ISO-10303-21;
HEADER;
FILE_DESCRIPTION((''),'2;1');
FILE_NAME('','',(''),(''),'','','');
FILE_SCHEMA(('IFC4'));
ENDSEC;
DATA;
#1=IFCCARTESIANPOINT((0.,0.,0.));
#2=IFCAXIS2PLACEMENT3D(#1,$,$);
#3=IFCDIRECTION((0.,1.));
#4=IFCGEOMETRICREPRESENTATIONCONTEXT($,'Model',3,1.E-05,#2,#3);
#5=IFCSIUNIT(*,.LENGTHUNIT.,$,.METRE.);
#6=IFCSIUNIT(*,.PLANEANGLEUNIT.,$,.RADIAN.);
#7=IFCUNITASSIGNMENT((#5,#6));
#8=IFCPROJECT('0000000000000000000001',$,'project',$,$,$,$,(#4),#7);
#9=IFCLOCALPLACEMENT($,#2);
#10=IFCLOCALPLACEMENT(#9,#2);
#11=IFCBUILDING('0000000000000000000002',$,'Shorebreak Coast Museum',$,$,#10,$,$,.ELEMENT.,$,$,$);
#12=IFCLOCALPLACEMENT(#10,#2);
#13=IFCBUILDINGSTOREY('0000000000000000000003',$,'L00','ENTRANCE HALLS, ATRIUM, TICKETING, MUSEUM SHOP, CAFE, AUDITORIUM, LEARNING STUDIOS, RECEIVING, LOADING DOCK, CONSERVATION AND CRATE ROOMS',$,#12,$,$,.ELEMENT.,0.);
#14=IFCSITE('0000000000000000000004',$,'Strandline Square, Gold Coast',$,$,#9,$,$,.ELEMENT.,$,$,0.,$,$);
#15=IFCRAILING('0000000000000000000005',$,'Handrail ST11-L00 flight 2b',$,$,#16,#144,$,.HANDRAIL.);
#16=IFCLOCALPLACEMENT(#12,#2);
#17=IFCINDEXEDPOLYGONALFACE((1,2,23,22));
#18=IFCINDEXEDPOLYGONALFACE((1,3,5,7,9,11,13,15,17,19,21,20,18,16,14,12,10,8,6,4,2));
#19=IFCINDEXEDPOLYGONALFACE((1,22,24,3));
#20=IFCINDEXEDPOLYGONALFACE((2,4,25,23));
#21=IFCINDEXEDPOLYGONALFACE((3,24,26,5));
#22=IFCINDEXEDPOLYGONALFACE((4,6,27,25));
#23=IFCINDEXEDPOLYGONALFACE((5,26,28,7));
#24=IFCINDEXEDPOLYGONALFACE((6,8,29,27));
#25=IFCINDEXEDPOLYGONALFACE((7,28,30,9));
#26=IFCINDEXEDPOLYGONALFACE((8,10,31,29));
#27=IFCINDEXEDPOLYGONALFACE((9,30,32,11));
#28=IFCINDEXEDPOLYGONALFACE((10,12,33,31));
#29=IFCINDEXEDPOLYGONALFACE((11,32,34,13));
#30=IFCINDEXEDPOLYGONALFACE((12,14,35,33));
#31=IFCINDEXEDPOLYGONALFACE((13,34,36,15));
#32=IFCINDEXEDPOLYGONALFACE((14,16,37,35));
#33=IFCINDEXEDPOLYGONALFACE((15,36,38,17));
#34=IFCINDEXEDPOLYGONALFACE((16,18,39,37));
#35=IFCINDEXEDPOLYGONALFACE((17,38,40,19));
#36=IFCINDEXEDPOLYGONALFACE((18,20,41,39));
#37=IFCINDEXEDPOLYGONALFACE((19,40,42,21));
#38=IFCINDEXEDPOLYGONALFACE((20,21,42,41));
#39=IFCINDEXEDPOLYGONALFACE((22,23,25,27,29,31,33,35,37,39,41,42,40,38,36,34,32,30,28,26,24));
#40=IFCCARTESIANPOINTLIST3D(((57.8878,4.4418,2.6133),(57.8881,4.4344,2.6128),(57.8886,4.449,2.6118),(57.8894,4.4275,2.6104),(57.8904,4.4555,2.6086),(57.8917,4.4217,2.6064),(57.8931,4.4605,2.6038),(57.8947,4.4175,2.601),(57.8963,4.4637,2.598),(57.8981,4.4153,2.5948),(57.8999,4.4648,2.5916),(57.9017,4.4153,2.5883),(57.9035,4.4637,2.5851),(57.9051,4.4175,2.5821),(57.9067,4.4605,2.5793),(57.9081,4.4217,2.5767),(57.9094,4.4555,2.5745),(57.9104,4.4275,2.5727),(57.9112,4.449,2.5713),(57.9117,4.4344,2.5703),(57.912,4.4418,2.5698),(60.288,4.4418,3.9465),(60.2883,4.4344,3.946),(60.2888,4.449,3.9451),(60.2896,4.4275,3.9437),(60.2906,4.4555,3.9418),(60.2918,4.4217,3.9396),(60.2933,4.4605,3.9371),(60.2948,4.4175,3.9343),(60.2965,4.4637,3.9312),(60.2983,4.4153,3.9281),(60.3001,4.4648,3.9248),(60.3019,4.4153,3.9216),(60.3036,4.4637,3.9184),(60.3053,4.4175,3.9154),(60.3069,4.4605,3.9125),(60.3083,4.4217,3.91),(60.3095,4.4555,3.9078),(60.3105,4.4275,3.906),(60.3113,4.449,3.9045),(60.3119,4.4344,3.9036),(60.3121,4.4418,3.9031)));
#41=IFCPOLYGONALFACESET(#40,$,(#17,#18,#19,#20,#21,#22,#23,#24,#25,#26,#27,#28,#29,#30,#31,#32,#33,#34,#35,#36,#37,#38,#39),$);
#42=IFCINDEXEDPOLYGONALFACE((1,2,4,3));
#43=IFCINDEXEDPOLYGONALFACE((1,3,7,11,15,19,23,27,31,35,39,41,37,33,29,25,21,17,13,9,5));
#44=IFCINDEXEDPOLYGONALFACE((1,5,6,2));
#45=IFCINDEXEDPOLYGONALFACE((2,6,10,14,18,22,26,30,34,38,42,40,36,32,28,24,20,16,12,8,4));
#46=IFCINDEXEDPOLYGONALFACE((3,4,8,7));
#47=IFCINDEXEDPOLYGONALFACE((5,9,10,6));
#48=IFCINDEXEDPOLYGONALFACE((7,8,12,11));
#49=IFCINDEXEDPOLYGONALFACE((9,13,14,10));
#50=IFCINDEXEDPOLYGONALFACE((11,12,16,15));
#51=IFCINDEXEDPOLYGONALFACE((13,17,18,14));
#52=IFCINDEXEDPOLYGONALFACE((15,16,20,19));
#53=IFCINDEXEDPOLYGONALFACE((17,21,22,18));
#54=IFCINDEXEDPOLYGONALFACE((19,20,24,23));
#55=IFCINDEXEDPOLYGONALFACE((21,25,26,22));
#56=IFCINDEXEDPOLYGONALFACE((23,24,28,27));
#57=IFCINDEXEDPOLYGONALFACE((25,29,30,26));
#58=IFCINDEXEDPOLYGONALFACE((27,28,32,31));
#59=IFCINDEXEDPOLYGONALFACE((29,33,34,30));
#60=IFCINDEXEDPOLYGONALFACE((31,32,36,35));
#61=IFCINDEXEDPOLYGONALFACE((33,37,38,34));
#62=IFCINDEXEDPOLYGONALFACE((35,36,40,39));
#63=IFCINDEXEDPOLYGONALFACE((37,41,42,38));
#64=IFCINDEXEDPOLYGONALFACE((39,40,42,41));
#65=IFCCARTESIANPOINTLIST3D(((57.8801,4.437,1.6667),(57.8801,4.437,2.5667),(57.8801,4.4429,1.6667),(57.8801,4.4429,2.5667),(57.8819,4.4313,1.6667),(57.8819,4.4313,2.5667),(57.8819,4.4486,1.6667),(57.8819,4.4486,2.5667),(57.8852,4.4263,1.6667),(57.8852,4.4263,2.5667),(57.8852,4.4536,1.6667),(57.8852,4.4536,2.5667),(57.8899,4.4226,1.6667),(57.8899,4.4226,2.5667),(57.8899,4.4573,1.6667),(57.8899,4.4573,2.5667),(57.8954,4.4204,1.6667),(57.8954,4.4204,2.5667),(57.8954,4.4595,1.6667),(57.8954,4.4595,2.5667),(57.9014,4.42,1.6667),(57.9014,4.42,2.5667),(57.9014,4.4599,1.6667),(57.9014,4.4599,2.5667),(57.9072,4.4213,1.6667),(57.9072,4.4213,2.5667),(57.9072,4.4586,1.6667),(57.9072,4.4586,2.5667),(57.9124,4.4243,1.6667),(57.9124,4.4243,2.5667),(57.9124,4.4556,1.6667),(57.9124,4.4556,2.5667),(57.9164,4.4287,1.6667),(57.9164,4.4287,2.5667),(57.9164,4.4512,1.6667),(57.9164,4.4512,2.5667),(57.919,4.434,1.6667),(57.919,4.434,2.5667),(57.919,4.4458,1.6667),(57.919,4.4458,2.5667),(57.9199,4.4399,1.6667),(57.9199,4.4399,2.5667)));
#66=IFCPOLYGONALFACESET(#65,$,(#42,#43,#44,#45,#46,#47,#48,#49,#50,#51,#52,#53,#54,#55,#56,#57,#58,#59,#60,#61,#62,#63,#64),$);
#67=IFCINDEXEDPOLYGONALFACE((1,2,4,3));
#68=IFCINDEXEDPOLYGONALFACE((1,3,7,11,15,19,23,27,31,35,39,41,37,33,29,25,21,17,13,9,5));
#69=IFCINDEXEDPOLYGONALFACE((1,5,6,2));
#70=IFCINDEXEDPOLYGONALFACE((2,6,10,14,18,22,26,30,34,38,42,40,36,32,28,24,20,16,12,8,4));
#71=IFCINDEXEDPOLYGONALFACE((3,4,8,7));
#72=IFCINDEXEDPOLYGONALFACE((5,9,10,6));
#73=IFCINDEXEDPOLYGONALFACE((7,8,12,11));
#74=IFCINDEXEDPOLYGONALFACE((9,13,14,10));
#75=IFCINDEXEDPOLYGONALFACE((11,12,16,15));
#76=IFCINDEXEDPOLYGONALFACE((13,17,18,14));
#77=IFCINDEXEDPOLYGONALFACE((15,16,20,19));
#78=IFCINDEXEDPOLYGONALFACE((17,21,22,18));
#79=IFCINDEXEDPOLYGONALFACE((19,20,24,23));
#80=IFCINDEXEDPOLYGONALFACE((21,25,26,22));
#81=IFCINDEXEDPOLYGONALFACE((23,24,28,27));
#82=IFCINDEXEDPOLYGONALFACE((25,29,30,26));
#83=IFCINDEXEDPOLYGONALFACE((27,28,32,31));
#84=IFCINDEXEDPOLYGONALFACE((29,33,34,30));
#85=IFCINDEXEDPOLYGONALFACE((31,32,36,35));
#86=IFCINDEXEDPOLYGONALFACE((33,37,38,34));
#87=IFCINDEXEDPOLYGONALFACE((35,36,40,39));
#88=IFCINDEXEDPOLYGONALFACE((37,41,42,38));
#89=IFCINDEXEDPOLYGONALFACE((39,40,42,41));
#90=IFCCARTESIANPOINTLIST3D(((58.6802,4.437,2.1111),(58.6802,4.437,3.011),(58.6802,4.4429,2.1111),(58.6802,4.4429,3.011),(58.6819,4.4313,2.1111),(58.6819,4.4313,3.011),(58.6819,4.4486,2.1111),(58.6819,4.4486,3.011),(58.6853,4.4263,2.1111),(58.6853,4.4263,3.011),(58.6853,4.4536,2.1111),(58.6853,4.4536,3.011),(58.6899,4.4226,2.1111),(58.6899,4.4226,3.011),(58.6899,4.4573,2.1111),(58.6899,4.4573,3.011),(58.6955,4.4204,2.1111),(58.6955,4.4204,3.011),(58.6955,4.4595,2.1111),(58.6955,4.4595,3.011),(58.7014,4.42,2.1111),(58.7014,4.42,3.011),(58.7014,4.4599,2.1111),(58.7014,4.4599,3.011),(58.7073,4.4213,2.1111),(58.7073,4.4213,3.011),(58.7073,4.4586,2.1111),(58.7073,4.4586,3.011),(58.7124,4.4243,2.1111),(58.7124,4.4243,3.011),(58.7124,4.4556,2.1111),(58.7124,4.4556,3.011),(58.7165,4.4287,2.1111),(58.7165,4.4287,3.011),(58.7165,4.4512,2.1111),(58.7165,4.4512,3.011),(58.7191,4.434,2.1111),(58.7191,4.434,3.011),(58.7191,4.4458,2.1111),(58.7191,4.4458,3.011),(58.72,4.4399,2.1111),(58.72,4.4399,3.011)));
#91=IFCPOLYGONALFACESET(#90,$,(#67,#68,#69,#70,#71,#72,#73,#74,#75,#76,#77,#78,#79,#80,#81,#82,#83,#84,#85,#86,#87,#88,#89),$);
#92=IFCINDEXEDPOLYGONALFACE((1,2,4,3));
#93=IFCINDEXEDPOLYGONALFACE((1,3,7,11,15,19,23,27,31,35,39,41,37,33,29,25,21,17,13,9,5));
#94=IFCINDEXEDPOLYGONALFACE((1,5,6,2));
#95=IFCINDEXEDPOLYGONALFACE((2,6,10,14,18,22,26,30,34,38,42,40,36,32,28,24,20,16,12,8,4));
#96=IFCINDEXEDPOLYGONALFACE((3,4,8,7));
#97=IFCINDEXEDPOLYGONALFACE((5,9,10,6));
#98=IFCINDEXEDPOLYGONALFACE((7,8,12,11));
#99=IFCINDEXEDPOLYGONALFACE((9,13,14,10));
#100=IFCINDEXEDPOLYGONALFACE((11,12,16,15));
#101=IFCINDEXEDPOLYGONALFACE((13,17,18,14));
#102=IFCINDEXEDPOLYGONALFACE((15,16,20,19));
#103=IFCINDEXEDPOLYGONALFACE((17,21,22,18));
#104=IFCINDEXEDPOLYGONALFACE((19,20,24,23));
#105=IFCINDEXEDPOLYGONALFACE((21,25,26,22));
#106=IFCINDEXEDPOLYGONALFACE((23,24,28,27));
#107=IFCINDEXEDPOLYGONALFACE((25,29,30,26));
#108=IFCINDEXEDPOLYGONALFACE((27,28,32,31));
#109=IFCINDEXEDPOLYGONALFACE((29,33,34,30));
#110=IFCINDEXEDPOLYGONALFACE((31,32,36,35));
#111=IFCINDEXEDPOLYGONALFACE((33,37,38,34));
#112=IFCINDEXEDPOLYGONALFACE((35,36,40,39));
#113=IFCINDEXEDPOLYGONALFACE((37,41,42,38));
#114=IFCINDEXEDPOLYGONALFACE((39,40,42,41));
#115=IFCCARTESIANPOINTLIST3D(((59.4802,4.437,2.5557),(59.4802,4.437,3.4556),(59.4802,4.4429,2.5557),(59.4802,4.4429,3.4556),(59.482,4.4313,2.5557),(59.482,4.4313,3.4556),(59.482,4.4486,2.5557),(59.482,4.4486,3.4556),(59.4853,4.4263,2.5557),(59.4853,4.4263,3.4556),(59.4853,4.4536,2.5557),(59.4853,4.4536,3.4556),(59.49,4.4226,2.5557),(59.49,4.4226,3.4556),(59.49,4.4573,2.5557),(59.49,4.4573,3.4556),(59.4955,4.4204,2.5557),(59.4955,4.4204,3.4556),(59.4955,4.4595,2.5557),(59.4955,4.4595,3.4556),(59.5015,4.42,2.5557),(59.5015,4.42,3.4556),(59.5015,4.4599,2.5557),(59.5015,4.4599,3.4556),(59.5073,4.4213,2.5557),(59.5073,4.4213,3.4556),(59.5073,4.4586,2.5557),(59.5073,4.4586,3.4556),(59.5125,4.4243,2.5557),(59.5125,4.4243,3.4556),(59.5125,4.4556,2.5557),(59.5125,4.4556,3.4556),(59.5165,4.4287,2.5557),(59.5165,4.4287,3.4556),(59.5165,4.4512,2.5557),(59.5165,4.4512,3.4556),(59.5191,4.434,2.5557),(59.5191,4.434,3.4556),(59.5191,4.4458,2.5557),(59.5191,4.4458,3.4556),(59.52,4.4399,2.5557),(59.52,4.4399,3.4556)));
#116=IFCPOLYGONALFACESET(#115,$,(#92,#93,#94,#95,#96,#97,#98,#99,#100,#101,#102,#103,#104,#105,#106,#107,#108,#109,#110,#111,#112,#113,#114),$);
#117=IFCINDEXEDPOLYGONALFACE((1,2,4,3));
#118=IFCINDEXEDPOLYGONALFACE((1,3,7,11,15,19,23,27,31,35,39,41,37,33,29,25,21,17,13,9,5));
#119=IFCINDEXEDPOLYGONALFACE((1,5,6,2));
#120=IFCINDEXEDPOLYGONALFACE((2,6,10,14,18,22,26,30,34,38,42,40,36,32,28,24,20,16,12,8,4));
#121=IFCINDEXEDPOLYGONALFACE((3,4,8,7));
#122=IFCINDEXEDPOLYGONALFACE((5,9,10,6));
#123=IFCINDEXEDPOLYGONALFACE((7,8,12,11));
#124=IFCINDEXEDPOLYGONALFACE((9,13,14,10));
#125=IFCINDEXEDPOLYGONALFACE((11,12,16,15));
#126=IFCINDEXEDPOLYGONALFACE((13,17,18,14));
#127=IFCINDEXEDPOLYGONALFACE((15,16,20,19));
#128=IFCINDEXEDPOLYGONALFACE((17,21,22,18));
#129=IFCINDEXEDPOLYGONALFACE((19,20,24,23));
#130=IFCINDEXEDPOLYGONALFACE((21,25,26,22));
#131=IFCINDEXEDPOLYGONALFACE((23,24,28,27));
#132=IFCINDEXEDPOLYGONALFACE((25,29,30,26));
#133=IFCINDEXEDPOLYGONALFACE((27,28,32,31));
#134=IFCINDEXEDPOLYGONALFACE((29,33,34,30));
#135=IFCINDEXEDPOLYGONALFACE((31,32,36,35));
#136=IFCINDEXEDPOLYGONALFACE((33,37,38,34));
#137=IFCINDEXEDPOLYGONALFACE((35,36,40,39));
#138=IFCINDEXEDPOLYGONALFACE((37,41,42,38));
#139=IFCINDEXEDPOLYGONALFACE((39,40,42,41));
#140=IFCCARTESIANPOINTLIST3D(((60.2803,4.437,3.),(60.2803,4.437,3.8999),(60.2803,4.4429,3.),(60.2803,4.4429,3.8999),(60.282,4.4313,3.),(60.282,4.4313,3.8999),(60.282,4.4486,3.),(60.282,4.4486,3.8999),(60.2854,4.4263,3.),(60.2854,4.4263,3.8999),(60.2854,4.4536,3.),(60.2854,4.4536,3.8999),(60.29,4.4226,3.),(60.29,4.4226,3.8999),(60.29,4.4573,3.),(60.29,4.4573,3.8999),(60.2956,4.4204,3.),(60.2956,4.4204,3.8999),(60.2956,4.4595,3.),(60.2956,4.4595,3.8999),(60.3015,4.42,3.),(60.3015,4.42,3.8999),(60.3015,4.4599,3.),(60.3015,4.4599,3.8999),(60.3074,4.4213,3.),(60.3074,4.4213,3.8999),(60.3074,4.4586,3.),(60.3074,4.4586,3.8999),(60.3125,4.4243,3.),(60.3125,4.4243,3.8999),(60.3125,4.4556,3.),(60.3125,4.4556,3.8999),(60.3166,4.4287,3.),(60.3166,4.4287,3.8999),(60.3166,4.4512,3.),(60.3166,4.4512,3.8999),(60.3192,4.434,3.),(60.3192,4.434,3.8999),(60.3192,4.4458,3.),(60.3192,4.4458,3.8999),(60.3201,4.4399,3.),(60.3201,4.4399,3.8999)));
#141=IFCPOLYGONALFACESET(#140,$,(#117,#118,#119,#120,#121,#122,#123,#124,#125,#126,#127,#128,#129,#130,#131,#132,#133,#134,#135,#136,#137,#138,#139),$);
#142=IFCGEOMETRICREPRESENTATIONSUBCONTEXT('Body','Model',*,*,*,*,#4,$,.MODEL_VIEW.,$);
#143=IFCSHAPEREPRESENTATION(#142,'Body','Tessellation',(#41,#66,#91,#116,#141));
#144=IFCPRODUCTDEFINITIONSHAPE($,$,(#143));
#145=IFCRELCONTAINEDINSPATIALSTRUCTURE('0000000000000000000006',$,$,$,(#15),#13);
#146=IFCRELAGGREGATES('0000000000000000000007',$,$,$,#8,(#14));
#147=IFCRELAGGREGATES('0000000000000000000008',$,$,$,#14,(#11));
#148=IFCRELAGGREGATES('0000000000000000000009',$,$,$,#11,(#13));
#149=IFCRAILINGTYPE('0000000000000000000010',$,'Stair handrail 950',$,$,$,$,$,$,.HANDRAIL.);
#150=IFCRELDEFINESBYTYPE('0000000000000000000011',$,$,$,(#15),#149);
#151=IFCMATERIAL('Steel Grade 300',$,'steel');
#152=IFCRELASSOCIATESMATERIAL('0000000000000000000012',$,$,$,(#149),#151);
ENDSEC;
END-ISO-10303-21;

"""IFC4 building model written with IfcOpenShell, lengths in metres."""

from ifc_helpers import new_model, si_unit, direction, frame, origin, origin_2d, place, context, subcontext, project, spatial, circle, extrude, material, type_object, element, save


model = new_model("IFC4")

# Units and contexts
model_context = context("Model", 3, precision=1e-05, world=origin(), true_north=direction((0.0, 1.0)))
body_context = subcontext(model_context, "Body", "Model", "MODEL_VIEW")
ifc_project = project(units=[si_unit("LENGTHUNIT", "METRE"), si_unit("PLANEANGLEUNIT", "RADIAN")], contexts=[model_context])

# Site, building, storey
site_placement = place(None, origin())
site = spatial("IfcSite", under=ifc_project, at=site_placement, Name="Strandline Square, Gold Coast", CompositionType="ELEMENT", RefElevation=0.0)
building_placement = place(site_placement, origin())
building = spatial("IfcBuilding", under=site, at=building_placement, Name="Shorebreak Coast Museum", CompositionType="ELEMENT")
storey_placement = place(building_placement, origin())
storey = spatial("IfcBuildingStorey", under=building, at=storey_placement, Name="L00", Description="ENTRANCE HALLS, ATRIUM, TICKETING, MUSEUM SHOP, CAFE, AUDITORIUM, LEARNING STUDIOS, RECEIVING, LOADING DOCK, CONSERVATION AND CRATE ROOMS", CompositionType="ELEMENT", Elevation=0.0)

# Railing
ifc_material_1 = material(Name="Steel Grade 300", Category="steel")
railing_type_1 = type_object("IfcRailingType", Name="Stair handrail 950", PredefinedType="HANDRAIL", material=ifc_material_1)
for number, where, name in (
    (1, (57.8999, 4.4399, 1.6667), "Handrail ST11-L00 flight 2b"),
):
    element("IfcRailing", number, at=place(storey_placement, frame(where)), inside=storey, type_object=railing_type_1, Name=name, PredefinedType="HANDRAIL", context=body_context, shape_type="SweptSolid", body=[
        extrude(circle(Radius=0.0249, at=origin_2d()), frame((0.0, 0.0, 0.9248), z_axis=(0.874182, 0.0, 0.485598), x_axis=(0.0, 1.0, 0.0)), (0.0, 0.0, 1.0), 2.7456),
        extrude(circle(Radius=0.02, at=origin_2d()), origin(), (0.0, 0.0, 1.0), 0.8999),
        extrude(circle(Radius=0.02, at=origin_2d()), frame((0.8, 0.0, 0.4443)), (0.0, 0.0, 1.0), 0.8999),
        extrude(circle(Radius=0.02, at=origin_2d()), frame((1.6001, 0.0, 0.8889)), (0.0, 0.0, 1.0), 0.8999),
        extrude(circle(Radius=0.02, at=origin_2d()), frame((2.4001, 0.0, 1.3333)), (0.0, 0.0, 1.0), 0.8999),
    ])

save(model, "model.ifc")
